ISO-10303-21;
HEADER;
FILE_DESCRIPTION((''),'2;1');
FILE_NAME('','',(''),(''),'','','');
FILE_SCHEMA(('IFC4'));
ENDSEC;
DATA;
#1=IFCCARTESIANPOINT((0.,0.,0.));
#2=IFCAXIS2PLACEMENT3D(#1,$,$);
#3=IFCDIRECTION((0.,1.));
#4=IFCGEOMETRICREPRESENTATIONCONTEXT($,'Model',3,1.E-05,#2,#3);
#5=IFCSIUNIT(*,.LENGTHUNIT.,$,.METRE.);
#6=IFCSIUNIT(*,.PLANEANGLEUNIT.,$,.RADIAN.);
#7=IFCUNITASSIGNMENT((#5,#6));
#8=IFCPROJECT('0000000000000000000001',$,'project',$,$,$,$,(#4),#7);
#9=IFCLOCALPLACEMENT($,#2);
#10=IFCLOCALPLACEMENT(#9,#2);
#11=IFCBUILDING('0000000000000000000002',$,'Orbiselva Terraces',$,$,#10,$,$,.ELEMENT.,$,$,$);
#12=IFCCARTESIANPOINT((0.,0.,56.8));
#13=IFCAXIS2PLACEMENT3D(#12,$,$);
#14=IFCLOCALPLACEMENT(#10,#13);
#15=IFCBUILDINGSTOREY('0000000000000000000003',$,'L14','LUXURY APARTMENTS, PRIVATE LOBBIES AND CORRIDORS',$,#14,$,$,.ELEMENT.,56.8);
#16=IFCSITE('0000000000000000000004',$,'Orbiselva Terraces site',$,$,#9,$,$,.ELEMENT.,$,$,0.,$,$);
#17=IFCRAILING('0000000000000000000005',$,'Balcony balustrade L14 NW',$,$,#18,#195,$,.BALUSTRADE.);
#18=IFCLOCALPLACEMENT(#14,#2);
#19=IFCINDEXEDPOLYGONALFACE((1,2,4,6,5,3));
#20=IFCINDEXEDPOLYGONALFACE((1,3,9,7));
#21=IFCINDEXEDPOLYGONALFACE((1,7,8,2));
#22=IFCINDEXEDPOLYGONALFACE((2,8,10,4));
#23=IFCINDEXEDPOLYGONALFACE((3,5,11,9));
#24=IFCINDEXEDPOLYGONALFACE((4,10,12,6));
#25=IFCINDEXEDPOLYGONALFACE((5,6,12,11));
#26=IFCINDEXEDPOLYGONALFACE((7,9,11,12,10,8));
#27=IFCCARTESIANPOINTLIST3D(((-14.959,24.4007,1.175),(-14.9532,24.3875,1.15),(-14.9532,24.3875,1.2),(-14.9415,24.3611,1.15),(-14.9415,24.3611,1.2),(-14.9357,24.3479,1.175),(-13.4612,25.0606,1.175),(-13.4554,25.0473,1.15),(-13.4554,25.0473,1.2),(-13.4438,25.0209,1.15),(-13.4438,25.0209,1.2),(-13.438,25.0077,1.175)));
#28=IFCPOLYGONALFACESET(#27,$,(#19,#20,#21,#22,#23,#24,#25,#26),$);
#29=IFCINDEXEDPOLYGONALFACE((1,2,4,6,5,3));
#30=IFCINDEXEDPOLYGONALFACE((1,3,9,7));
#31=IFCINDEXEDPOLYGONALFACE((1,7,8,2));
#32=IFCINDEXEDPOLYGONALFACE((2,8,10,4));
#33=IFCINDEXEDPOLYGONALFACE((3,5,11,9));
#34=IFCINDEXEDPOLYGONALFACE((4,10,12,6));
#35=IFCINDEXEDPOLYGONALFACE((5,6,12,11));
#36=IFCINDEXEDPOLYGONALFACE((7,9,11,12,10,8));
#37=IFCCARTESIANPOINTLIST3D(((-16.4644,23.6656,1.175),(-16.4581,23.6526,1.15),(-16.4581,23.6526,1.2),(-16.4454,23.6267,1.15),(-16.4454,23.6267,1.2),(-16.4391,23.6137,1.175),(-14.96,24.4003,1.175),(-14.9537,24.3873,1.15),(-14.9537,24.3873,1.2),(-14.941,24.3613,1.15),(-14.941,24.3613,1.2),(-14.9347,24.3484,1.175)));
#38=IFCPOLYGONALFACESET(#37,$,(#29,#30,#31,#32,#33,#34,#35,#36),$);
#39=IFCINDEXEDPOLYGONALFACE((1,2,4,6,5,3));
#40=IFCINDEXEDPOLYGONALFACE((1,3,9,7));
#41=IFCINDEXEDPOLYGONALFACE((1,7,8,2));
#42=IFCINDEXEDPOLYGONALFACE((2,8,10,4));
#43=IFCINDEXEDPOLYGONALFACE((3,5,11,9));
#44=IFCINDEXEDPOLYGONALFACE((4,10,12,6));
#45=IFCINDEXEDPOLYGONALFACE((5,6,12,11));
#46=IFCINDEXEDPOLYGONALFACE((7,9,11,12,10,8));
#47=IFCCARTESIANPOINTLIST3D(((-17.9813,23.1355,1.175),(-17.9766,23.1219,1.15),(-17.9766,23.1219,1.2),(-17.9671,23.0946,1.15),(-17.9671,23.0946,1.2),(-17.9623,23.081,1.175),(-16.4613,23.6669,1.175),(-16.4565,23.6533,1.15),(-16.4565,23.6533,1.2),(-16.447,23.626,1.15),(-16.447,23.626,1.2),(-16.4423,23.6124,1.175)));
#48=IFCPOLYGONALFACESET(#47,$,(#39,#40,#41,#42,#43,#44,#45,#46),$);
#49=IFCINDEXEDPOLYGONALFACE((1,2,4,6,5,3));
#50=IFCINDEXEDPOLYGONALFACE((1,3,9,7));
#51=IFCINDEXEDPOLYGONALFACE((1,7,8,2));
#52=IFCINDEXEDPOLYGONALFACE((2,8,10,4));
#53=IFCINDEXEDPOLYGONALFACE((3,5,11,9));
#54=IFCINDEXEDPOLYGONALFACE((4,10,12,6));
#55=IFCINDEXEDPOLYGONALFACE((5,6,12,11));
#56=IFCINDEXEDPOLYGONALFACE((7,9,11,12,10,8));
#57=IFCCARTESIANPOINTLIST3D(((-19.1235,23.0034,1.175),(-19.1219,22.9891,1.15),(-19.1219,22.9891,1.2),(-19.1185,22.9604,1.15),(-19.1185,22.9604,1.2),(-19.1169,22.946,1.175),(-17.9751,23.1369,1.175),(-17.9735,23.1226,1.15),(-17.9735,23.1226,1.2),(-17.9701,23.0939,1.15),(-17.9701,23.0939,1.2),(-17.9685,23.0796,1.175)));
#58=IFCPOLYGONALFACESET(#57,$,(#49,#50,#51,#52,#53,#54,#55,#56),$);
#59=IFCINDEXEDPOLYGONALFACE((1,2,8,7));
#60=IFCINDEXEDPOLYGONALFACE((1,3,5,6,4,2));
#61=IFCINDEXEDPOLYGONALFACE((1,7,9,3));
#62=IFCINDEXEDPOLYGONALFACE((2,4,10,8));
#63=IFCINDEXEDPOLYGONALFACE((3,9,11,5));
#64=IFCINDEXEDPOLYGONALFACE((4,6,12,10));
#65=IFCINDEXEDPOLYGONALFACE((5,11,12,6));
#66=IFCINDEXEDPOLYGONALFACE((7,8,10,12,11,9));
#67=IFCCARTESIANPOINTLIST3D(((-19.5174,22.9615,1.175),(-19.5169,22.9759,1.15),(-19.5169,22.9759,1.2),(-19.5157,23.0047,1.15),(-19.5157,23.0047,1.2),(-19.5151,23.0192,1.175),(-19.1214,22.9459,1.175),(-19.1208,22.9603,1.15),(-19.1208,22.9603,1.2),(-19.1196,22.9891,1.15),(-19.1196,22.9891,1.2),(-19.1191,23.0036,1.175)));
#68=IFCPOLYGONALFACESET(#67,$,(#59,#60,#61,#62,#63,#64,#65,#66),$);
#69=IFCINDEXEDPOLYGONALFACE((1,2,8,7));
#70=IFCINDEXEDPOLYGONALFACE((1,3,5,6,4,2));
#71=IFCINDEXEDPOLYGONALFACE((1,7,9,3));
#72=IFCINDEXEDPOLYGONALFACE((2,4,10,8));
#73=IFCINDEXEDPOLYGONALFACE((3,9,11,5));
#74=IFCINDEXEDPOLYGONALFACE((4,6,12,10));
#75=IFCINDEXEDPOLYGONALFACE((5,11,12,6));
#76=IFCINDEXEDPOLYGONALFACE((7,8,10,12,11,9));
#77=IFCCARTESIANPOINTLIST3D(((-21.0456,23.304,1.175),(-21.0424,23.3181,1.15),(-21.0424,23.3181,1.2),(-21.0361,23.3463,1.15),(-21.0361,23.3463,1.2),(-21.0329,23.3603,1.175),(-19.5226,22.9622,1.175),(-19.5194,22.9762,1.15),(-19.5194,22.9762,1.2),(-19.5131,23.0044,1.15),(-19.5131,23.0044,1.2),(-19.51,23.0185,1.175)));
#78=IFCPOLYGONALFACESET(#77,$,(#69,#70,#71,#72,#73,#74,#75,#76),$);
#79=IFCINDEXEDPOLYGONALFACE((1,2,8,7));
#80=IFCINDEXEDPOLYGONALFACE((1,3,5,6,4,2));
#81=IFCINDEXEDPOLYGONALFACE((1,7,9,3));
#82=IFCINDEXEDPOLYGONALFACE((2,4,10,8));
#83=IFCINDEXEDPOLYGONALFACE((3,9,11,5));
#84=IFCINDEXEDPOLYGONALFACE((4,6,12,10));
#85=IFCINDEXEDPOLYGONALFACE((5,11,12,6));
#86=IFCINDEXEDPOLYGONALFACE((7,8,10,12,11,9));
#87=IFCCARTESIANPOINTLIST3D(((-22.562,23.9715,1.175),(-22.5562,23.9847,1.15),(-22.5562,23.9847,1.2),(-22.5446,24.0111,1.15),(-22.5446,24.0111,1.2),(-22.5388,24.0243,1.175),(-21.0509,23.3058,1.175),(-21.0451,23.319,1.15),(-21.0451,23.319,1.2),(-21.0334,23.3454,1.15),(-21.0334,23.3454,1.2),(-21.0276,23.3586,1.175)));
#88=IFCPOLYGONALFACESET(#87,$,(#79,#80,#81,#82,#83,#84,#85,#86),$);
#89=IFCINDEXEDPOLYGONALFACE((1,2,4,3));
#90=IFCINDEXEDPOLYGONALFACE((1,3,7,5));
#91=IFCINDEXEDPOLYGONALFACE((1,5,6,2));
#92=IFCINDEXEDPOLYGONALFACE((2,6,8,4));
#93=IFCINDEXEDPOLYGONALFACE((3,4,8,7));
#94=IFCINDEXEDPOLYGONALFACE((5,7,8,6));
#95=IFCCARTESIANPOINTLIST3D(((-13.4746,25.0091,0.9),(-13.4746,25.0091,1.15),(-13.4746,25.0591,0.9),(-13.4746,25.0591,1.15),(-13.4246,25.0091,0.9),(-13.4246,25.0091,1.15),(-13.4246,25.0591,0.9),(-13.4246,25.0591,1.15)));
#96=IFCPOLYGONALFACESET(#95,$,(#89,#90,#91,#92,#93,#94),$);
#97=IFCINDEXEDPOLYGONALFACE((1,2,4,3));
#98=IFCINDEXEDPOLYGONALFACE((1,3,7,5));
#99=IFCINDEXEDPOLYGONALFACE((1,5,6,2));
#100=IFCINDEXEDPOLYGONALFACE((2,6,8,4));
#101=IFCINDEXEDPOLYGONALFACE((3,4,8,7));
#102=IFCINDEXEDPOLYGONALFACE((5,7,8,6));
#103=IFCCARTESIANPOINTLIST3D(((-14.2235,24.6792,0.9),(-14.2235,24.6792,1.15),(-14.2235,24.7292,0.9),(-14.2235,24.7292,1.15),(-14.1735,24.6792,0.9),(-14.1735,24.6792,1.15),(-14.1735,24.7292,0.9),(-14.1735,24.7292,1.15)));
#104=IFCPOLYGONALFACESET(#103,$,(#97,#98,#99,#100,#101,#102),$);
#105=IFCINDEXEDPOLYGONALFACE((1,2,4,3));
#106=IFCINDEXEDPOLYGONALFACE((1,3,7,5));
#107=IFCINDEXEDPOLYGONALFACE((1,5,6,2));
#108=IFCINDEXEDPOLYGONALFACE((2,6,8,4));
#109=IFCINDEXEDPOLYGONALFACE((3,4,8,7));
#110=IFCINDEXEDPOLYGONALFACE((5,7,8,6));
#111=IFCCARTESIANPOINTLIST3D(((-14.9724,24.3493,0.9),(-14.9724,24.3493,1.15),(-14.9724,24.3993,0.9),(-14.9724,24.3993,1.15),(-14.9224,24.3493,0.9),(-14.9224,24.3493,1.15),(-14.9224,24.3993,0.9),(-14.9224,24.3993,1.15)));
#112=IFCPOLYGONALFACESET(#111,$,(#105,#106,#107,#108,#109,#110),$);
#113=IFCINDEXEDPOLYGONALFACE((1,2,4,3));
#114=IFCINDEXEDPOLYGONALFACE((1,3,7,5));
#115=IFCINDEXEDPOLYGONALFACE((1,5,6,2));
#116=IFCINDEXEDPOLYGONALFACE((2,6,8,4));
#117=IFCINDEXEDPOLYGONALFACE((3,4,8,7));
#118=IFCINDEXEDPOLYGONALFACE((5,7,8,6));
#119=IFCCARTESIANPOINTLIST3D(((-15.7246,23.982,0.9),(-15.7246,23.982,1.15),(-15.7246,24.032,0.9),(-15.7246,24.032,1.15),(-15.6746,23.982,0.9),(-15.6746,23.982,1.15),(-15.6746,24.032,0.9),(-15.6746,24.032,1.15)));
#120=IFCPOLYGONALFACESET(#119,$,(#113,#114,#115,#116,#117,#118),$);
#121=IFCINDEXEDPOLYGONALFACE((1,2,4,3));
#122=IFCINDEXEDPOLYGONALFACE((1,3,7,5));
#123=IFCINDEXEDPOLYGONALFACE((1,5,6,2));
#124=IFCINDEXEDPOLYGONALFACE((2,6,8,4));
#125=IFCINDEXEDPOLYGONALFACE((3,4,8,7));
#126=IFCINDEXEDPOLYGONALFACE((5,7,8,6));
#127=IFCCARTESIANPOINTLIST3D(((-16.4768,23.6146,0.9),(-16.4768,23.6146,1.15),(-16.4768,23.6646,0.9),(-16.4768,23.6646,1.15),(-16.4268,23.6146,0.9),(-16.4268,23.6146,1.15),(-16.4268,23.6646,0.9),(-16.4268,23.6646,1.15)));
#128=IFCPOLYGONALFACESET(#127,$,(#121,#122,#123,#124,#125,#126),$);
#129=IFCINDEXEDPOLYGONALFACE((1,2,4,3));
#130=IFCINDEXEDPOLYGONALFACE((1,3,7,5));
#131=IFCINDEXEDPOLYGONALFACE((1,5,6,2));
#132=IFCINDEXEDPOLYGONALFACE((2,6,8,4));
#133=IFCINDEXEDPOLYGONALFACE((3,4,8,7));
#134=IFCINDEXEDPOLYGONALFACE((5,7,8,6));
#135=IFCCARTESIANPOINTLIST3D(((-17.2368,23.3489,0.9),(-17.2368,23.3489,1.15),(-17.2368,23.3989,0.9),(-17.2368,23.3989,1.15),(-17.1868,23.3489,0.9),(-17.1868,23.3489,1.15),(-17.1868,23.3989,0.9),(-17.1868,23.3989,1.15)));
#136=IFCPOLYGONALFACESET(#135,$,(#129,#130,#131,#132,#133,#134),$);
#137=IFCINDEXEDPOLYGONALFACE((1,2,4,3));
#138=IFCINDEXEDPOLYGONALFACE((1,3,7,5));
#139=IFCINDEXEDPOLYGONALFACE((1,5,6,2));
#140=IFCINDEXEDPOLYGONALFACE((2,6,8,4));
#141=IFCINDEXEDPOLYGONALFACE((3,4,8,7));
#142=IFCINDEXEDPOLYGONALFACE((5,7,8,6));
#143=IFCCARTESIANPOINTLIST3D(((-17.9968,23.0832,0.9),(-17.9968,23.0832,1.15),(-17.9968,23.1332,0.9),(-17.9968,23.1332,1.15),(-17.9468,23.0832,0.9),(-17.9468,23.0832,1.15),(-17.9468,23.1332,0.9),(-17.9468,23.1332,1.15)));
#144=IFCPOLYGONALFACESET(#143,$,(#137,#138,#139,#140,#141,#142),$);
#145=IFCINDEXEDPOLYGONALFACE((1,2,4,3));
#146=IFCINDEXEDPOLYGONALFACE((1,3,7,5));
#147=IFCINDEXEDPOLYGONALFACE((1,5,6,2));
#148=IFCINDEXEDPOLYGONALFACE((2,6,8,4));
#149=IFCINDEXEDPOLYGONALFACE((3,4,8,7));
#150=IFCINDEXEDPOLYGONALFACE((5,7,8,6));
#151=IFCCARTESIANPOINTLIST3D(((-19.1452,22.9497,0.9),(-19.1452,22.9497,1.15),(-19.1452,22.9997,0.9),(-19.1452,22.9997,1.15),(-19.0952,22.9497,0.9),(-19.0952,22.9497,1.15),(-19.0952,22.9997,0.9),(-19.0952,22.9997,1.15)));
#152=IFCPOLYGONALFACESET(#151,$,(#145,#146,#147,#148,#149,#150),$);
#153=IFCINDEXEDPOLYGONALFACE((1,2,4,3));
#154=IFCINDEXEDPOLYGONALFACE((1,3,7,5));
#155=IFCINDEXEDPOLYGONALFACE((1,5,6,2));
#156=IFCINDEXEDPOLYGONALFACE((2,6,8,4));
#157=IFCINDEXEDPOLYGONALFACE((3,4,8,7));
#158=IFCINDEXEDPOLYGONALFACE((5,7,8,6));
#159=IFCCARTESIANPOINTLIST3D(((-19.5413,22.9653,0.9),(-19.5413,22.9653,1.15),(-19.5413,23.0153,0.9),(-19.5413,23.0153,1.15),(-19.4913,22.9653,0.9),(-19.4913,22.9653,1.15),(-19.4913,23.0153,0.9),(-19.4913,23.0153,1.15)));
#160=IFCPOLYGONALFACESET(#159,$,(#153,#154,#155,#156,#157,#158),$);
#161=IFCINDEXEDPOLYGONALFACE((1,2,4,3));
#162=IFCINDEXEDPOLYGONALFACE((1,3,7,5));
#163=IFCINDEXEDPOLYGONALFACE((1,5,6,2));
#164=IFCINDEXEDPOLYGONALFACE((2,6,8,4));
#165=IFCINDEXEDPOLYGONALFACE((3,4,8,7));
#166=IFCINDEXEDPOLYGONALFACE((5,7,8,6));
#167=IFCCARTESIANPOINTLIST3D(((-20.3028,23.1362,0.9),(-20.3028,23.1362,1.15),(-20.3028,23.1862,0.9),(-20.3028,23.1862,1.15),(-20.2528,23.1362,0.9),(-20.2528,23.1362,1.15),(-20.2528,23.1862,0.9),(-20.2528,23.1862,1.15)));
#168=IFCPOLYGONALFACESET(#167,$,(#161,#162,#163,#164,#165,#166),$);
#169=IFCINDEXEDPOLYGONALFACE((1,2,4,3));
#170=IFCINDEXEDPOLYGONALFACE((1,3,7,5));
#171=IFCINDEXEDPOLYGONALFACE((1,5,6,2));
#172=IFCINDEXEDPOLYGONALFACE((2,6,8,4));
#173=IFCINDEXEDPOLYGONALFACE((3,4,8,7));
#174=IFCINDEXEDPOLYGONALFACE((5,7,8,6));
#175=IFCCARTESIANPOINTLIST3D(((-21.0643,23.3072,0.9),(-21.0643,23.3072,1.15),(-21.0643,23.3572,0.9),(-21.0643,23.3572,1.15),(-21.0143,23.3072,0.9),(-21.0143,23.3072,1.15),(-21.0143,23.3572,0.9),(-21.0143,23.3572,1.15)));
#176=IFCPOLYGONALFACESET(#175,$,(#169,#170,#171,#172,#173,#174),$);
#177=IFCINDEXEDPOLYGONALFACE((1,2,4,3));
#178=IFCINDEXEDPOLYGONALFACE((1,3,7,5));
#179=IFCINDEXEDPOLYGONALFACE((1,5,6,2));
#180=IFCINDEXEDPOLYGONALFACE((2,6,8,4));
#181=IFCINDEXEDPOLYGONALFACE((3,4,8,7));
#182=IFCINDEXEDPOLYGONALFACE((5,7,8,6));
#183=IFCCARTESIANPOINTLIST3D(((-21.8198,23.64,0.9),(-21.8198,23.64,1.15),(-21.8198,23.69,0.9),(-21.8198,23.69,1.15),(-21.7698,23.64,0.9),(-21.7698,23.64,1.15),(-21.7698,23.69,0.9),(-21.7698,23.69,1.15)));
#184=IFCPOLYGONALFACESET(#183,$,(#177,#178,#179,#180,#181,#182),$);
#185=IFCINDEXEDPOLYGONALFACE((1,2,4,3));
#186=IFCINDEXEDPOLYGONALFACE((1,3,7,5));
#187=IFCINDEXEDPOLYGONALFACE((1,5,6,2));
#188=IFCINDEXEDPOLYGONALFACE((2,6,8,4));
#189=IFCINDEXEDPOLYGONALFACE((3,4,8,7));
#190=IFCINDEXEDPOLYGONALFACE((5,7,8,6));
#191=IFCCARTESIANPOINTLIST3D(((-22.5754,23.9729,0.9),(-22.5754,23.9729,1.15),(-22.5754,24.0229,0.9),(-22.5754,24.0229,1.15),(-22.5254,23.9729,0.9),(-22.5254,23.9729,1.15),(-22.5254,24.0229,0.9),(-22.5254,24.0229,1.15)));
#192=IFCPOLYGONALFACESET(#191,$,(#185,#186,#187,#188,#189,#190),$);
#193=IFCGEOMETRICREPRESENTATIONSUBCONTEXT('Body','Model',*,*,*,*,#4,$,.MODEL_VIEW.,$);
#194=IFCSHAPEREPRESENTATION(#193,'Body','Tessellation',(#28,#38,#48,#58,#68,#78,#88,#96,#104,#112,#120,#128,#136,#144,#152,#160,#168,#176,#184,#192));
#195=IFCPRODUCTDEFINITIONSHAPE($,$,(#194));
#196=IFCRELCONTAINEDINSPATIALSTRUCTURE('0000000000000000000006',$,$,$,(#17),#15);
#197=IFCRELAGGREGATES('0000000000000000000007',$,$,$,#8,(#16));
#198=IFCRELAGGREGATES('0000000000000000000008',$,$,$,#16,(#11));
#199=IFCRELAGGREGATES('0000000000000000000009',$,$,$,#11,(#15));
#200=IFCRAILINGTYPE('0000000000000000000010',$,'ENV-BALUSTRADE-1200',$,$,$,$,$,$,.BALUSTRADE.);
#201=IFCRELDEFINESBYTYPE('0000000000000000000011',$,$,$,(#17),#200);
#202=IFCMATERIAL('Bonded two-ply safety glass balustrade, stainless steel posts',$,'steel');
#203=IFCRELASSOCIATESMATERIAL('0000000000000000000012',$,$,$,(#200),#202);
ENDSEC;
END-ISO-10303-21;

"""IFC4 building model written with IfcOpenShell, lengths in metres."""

from ifc_helpers import new_model, si_unit, direction, frame, origin, origin_2d, place, context, subcontext, project, spatial, polyline, rectangle, outline, extrude, material, type_object, element, save


model = new_model("IFC4")

# Units and contexts
model_context = context("Model", 3, precision=1e-05, world=origin(), true_north=direction((0.0, 1.0)))
body_context = subcontext(model_context, "Body", "Model", "MODEL_VIEW")
ifc_project = project(units=[si_unit("LENGTHUNIT", "METRE"), si_unit("PLANEANGLEUNIT", "RADIAN")], contexts=[model_context])

# Site, building, storey
site_placement = place(None, origin())
site = spatial("IfcSite", under=ifc_project, at=site_placement, Name="Orbiselva Terraces site", CompositionType="ELEMENT", RefElevation=0.0)
building_placement = place(site_placement, origin())
building = spatial("IfcBuilding", under=site, at=building_placement, Name="Orbiselva Terraces", CompositionType="ELEMENT")
storey_placement = place(building_placement, frame((0.0, 0.0, 56.8)))
storey = spatial("IfcBuildingStorey", under=building, at=storey_placement, Name="L14", Description="LUXURY APARTMENTS, PRIVATE LOBBIES AND CORRIDORS", CompositionType="ELEMENT", Elevation=56.8)

# Railing
ifc_material_1 = material(Name="Bonded two-ply safety glass balustrade, stainless steel posts", Category="steel")
railing_type_1 = type_object("IfcRailingType", Name="ENV-BALUSTRADE-1200", PredefinedType="BALUSTRADE", material=ifc_material_1)
railing_1_placement = place(storey_placement, frame((-13.4496, 25.0341, 0.9)))
element("IfcRailing", 1, at=railing_1_placement, inside=storey, type_object=railing_type_1, Name="Balcony balustrade L14 NW", PredefinedType="BALUSTRADE", context=body_context, shape_type="SweptSolid", body=[
    extrude(outline(polyline([(0.0289, 0.0), (0.0144, 0.025), (-0.0144, 0.025), (-0.0289, 0.0), (-0.0144, -0.025), (0.0144, -0.025), (0.0289, 0.0)])), frame((0.0, 0.0, 0.275), z_axis=(-0.915133, -0.403151, 0.0), x_axis=(0.403151, -0.915133, 0.0)), (0.0, 0.0, 1.0), 1.6366),
    extrude(outline(polyline([(0.0289, 0.0), (0.0144, 0.025), (-0.0144, 0.025), (-0.0289, 0.0), (-0.0144, -0.025), (0.0144, -0.025), (0.0289, 0.0)])), frame((-1.4978, -0.6598, 0.275), z_axis=(-0.898579, -0.438812, 0.0), x_axis=(0.438812, -0.898579, 0.0)), (0.0, 0.0, 1.0), 1.6742),
    extrude(outline(polyline([(0.0289, 0.0), (0.0144, 0.025), (-0.0144, 0.025), (-0.0289, 0.0), (-0.0144, -0.025), (0.0144, -0.025), (0.0289, 0.0)])), frame((-3.0022, -1.3945, 0.275), z_axis=(-0.943972, -0.330025, 0.0), x_axis=(0.330025, -0.943972, 0.0)), (0.0, 0.0, 1.0), 1.6103),
    extrude(outline(polyline([(0.0289, 0.0), (0.0144, 0.025), (-0.0144, 0.025), (-0.0289, 0.0), (-0.0144, -0.025), (0.0144, -0.025), (0.0289, 0.0)])), frame((-4.5222, -1.9259, 0.275), z_axis=(-0.99331, -0.115482, 0.0), x_axis=(0.115482, -0.99331, 0.0)), (0.0, 0.0, 1.0), 1.1561),
    extrude(outline(polyline([(0.0289, 0.0), (0.0144, 0.025), (-0.0144, 0.025), (-0.0289, 0.0), (-0.0144, -0.025), (0.0144, -0.025), (0.0289, 0.0)])), frame((-5.6706, -2.0594, 0.275), z_axis=(-0.999225, 0.039369, 0.0), x_axis=(-0.039369, -0.999225, 0.0)), (0.0, 0.0, 1.0), 0.3964),
    extrude(outline(polyline([(0.0289, 0.0), (0.0144, 0.025), (-0.0144, 0.025), (-0.0289, 0.0), (-0.0144, -0.025), (0.0144, -0.025), (0.0289, 0.0)])), frame((-6.0667, -2.0438, 0.275), z_axis=(-0.975721, 0.219016, 0.0), x_axis=(-0.219016, -0.975721, 0.0)), (0.0, 0.0, 1.0), 1.5609),
    extrude(outline(polyline([(0.0289, 0.0), (0.0144, 0.025), (-0.0144, 0.025), (-0.0289, 0.0), (-0.0144, -0.025), (0.0144, -0.025), (0.0289, 0.0)])), frame((-7.5896, -1.702, 0.275), z_axis=(-0.915134, 0.403151, 0.0), x_axis=(-0.403151, -0.915134, 0.0)), (0.0, 0.0, 1.0), 1.6513),
    extrude(rectangle(XDim=0.05, YDim=0.05, at=origin_2d()), origin(), (0.0, 0.0, 1.0), 0.25),
    extrude(rectangle(XDim=0.05, YDim=0.05, at=origin_2d()), frame((-0.7489, -0.3299, 0.0)), (0.0, 0.0, 1.0), 0.25),
    extrude(rectangle(XDim=0.05, YDim=0.05, at=origin_2d()), frame((-1.4978, -0.6598, 0.0)), (0.0, 0.0, 1.0), 0.25),
    extrude(rectangle(XDim=0.05, YDim=0.05, at=origin_2d()), frame((-2.25, -1.0272, 0.0)), (0.0, 0.0, 1.0), 0.25),
    extrude(rectangle(XDim=0.05, YDim=0.05, at=origin_2d()), frame((-3.0022, -1.3945, 0.0)), (0.0, 0.0, 1.0), 0.25),
    extrude(rectangle(XDim=0.05, YDim=0.05, at=origin_2d()), frame((-3.7622, -1.6602, 0.0)), (0.0, 0.0, 1.0), 0.25),
    extrude(rectangle(XDim=0.05, YDim=0.05, at=origin_2d()), frame((-4.5222, -1.9259, 0.0)), (0.0, 0.0, 1.0), 0.25),
    extrude(rectangle(XDim=0.05, YDim=0.05, at=origin_2d()), frame((-5.6706, -2.0594, 0.0)), (0.0, 0.0, 1.0), 0.25),
    extrude(rectangle(XDim=0.05, YDim=0.05, at=origin_2d()), frame((-6.0667, -2.0438, 0.0)), (0.0, 0.0, 1.0), 0.25),
    extrude(rectangle(XDim=0.05, YDim=0.05, at=origin_2d()), frame((-6.8282, -1.8729, 0.0)), (0.0, 0.0, 1.0), 0.25),
    extrude(rectangle(XDim=0.05, YDim=0.05, at=origin_2d()), frame((-7.5896, -1.702, 0.0)), (0.0, 0.0, 1.0), 0.25),
    extrude(rectangle(XDim=0.05, YDim=0.05, at=origin_2d()), frame((-8.3452, -1.3691, 0.0)), (0.0, 0.0, 1.0), 0.25),
    extrude(rectangle(XDim=0.05, YDim=0.05, at=origin_2d()), frame((-9.1008, -1.0362, 0.0)), (0.0, 0.0, 1.0), 0.25),
])

save(model, "model.ifc")
